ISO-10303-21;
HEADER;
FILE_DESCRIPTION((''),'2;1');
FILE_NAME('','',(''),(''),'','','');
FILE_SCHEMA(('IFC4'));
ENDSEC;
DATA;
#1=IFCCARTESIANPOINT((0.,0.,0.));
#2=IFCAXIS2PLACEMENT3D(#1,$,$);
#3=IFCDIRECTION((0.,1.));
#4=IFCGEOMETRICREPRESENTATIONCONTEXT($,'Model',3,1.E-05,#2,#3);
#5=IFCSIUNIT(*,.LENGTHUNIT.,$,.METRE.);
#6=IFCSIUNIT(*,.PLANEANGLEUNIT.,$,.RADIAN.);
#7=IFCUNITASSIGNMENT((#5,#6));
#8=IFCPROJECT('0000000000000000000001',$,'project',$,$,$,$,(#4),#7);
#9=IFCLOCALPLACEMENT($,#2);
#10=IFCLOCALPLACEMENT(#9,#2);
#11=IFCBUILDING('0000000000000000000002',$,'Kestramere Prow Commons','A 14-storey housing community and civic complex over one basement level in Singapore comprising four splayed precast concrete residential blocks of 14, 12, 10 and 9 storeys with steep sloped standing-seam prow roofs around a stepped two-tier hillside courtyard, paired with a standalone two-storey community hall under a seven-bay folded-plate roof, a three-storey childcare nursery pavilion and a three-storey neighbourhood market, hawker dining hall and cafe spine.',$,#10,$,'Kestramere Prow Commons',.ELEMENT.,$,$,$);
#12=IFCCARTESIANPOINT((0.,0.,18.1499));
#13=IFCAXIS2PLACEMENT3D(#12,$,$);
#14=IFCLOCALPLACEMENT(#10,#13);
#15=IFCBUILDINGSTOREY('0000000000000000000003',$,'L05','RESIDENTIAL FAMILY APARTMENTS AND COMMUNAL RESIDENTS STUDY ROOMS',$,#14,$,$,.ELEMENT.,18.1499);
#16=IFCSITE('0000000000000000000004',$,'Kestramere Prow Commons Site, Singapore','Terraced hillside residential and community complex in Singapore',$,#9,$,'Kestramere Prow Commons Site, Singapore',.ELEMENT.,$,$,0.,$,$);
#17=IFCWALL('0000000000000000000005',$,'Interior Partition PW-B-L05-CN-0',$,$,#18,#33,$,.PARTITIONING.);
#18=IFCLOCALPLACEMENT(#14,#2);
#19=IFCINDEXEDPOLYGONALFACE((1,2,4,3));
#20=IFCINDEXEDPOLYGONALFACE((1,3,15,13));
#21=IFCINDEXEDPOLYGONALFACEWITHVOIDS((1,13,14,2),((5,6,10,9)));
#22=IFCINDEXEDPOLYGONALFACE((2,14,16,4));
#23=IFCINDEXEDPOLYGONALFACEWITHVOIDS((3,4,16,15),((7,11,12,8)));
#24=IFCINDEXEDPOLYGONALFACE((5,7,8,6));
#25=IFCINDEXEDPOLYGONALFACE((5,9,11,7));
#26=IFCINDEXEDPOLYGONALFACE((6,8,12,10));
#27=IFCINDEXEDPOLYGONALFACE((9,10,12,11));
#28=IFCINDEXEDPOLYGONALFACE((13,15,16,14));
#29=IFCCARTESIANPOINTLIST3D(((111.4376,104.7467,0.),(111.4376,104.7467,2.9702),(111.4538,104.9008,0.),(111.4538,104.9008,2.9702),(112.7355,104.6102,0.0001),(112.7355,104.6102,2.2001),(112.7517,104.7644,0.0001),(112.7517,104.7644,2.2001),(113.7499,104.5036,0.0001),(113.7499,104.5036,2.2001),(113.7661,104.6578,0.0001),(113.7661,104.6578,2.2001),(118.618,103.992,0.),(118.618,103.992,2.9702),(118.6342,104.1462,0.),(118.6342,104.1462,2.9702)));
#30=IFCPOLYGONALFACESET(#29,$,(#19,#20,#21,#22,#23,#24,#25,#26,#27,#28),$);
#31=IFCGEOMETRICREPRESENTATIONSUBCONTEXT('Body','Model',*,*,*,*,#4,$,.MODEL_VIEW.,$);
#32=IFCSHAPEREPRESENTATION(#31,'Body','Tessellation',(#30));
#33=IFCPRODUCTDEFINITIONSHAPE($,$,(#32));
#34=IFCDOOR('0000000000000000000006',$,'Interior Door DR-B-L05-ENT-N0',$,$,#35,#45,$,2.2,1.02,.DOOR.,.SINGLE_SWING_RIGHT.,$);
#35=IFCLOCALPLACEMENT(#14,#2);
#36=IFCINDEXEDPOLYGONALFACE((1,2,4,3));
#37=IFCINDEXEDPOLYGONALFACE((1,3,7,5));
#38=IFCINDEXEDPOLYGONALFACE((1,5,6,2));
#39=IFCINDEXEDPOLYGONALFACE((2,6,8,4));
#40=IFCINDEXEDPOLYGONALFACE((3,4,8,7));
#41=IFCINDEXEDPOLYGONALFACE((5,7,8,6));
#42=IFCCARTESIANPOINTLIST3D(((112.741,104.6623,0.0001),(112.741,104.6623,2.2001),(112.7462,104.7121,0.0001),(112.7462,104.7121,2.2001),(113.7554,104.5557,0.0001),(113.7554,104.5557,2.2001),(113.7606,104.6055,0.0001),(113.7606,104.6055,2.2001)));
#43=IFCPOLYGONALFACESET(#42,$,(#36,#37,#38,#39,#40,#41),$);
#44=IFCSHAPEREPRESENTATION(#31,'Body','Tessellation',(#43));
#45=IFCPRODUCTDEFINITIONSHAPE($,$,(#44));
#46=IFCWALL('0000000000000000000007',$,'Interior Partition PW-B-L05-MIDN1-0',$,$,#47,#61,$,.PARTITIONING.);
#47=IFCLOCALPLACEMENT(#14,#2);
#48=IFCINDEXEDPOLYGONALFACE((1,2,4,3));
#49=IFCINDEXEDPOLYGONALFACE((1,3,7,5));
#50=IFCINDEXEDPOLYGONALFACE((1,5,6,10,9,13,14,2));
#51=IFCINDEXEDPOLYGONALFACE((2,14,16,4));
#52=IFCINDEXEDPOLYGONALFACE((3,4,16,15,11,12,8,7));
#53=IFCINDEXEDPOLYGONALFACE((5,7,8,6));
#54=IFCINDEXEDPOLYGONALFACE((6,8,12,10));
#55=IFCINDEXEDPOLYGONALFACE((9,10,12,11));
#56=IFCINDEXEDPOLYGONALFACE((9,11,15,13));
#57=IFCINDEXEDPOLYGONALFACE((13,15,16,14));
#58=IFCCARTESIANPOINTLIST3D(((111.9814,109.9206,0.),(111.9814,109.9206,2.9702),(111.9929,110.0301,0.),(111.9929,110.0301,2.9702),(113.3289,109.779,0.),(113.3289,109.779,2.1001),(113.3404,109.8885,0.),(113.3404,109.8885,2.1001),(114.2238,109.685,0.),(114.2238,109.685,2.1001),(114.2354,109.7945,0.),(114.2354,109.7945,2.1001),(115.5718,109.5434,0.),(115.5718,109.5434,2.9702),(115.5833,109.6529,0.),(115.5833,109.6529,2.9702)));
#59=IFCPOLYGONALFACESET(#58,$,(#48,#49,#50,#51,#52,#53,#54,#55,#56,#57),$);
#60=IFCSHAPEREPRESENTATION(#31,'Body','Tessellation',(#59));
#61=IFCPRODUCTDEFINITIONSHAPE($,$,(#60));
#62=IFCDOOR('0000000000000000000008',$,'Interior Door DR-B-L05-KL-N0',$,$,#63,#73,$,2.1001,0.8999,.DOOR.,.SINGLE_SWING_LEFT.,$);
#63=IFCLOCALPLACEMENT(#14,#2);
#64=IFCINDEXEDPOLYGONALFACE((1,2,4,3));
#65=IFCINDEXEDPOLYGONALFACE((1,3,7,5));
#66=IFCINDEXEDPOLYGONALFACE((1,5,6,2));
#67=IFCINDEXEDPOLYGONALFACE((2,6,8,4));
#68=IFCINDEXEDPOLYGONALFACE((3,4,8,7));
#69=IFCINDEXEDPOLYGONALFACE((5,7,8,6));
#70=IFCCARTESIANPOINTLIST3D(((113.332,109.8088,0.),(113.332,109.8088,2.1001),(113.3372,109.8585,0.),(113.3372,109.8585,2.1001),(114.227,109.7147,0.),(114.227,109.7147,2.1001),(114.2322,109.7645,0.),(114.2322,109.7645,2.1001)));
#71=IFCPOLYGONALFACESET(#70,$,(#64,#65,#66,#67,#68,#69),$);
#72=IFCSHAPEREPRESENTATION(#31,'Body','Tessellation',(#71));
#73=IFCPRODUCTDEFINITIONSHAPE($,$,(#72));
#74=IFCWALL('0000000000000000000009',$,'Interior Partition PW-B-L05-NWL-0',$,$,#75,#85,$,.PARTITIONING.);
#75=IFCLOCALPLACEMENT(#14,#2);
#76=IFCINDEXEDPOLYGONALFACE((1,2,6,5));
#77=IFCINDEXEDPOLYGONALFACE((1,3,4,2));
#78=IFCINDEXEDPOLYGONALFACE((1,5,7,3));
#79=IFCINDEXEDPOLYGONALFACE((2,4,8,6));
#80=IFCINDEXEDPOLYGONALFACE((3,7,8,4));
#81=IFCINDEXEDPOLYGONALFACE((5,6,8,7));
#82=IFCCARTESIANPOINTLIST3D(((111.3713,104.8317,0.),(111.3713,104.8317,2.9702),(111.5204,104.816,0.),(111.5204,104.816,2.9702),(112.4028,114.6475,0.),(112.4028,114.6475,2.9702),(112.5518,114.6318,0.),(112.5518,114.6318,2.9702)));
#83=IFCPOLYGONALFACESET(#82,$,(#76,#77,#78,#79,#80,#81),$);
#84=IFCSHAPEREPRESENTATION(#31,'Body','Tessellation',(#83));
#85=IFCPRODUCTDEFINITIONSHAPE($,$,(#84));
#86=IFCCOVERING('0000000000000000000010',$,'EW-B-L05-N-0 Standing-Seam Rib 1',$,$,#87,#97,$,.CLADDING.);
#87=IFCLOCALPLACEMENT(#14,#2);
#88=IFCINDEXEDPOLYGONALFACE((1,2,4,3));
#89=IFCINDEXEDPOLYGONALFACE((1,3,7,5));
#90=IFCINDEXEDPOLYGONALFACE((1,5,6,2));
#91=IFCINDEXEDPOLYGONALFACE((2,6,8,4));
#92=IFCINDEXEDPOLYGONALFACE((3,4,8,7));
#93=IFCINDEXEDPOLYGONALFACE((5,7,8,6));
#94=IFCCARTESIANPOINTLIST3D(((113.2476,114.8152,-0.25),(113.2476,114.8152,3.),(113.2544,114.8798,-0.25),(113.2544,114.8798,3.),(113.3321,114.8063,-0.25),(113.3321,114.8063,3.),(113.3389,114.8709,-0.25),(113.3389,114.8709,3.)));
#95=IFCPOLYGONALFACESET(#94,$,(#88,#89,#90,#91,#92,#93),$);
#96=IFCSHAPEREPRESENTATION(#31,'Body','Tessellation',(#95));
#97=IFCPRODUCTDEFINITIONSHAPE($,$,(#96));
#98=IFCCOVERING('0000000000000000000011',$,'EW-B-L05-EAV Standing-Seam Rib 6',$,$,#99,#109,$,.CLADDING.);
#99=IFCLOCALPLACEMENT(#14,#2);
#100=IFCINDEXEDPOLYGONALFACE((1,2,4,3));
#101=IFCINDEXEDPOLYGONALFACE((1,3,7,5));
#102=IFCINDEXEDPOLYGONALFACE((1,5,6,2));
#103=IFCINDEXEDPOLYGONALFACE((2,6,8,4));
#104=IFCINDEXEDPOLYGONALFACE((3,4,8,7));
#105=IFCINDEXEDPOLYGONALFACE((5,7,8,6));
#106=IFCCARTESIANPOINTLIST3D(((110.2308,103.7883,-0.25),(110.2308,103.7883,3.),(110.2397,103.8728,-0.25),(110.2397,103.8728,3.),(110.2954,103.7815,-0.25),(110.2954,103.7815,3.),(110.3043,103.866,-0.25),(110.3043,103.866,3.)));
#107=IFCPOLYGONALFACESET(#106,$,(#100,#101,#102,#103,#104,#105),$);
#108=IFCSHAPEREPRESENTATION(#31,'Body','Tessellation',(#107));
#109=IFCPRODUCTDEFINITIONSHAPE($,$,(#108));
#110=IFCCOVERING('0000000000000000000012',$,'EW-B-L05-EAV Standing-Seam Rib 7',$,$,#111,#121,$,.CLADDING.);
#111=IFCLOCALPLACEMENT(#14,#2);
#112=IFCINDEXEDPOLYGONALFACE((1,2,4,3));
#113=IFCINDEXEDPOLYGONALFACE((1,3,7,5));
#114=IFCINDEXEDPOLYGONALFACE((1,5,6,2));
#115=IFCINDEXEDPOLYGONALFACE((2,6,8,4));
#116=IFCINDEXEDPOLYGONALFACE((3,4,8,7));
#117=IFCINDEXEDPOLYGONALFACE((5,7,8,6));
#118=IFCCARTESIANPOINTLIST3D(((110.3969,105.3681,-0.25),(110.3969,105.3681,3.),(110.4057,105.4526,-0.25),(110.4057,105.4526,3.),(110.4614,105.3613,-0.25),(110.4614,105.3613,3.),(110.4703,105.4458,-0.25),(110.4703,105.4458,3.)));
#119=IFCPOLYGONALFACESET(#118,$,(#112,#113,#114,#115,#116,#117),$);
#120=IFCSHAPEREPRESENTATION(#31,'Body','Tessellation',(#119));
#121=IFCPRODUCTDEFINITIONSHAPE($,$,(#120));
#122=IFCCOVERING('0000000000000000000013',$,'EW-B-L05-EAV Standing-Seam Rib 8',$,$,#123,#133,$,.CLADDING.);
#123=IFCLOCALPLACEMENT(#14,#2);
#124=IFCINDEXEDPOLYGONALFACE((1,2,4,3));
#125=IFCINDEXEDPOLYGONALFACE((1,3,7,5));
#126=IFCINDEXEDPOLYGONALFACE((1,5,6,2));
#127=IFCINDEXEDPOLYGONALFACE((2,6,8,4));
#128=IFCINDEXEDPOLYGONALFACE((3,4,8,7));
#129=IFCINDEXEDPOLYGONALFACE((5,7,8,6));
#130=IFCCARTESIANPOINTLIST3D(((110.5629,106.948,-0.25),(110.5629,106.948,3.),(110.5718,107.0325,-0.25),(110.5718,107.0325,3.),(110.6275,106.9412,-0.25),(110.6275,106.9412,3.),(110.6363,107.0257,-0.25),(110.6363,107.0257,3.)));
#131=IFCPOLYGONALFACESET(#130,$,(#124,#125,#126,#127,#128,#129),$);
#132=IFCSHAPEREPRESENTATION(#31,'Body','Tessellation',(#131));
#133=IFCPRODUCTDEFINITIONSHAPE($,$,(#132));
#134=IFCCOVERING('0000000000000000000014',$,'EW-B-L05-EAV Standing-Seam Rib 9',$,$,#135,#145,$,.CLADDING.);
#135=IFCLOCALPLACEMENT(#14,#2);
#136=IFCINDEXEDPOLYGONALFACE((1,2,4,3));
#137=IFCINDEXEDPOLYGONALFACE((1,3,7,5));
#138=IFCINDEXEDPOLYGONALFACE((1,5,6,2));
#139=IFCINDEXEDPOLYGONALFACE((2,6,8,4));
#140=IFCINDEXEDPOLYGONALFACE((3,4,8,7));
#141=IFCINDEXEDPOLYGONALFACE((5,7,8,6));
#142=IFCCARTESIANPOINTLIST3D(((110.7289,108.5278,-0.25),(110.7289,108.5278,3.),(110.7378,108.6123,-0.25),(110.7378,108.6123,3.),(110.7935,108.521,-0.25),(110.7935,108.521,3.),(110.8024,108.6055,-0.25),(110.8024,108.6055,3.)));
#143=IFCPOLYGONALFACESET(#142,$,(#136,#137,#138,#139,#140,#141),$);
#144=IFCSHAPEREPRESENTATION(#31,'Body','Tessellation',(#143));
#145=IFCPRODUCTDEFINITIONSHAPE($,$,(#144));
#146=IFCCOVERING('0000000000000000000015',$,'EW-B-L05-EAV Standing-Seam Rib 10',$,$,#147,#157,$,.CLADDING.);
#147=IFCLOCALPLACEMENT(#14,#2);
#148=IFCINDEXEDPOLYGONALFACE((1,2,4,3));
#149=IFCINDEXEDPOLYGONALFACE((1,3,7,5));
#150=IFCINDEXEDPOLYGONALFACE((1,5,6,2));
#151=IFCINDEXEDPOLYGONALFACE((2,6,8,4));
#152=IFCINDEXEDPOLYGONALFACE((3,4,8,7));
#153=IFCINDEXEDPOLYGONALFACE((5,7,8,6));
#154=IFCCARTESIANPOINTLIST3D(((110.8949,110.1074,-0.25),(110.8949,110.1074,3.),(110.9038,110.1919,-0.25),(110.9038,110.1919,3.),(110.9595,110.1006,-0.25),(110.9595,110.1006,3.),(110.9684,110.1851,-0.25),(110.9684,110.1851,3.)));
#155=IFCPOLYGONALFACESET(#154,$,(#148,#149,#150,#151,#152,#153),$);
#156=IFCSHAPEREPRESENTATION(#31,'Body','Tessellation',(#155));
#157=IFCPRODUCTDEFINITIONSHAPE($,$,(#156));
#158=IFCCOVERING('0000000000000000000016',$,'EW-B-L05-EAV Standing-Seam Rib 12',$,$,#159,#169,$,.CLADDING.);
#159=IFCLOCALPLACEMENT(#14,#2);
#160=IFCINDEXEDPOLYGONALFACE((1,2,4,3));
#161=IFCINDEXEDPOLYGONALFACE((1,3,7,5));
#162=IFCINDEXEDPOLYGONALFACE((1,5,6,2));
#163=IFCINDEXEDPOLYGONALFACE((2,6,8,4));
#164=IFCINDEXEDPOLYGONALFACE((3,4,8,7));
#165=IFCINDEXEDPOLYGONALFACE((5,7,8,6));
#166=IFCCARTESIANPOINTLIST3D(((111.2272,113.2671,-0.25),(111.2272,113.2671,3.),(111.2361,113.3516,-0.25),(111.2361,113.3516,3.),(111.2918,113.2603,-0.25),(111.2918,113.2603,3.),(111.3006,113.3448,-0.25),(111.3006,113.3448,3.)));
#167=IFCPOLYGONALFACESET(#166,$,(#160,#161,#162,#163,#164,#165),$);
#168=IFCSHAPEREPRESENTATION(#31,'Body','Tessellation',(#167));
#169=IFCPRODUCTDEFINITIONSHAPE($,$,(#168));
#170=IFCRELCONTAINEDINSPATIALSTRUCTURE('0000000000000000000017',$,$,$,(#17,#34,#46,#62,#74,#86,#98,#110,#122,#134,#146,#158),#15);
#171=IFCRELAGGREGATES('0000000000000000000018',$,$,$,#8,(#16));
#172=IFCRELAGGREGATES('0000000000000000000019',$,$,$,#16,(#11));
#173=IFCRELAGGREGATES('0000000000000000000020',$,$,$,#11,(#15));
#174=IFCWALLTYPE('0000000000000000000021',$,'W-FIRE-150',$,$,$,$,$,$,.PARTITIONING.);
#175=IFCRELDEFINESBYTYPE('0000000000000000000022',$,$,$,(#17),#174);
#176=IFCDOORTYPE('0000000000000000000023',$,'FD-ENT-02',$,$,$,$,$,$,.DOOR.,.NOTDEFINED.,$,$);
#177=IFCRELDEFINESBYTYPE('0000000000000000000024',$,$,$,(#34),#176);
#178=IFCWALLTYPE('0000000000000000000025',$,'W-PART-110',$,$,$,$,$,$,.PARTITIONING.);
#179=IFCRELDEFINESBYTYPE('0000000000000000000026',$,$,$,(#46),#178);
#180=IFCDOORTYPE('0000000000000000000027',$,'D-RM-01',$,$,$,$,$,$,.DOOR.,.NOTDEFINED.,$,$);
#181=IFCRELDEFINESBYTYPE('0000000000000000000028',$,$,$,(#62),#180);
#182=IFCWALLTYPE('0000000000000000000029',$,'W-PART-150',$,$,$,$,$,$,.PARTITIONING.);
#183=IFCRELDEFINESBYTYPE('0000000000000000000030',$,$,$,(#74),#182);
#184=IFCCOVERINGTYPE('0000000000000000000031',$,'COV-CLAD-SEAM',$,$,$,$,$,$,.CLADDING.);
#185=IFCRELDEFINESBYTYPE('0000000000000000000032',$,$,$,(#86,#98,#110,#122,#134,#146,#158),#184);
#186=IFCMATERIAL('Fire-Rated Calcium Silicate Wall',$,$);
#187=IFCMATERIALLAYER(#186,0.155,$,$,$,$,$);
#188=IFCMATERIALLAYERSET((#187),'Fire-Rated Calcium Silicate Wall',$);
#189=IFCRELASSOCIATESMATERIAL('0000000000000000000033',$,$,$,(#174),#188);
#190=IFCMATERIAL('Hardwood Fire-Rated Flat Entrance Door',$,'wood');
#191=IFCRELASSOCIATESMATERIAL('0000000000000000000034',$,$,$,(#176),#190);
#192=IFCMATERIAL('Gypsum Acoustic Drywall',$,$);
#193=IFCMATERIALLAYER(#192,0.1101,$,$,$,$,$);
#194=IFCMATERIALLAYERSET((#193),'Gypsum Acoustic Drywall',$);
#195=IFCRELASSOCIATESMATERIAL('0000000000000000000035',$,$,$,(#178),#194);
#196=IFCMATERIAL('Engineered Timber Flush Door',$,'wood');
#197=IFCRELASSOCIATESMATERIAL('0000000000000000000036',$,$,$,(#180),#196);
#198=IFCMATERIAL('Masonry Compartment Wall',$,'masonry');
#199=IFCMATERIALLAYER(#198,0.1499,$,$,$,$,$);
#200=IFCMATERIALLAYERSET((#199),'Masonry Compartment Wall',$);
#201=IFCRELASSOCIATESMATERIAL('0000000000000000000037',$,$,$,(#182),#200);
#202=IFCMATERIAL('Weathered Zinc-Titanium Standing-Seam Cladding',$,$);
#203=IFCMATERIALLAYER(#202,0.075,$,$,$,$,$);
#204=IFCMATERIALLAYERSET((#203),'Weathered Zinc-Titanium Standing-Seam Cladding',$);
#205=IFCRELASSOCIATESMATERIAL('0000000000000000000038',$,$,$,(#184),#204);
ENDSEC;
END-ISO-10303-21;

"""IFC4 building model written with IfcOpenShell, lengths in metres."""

from ifc_helpers import new_model, si_unit, direction, frame, frame_2d, origin, origin_2d, place, context, subcontext, project, spatial, rectangle, extrude, material, layer, layer_set, type_object, element, fill, save


model = new_model("IFC4")

# Units and contexts
model_context = context("Model", 3, precision=1e-05, world=origin(), true_north=direction((0.0, 1.0)))
body_context = subcontext(model_context, "Body", "Model", "MODEL_VIEW")
ifc_project = project(units=[si_unit("LENGTHUNIT", "METRE"), si_unit("PLANEANGLEUNIT", "RADIAN")], contexts=[model_context])

# Site, building, storey
site_placement = place(None, origin())
site = spatial("IfcSite", under=ifc_project, at=site_placement, Name="Kestramere Prow Commons Site, Singapore", Description="Terraced hillside residential and community complex in Singapore", LongName="Kestramere Prow Commons Site, Singapore", CompositionType="ELEMENT", RefElevation=0.0)
building_placement = place(site_placement, origin())
building = spatial("IfcBuilding", under=site, at=building_placement, Name="Kestramere Prow Commons", Description="A 14-storey housing community and civic complex over one basement level in Singapore comprising four splayed precast concrete residential blocks of 14, 12, 10 and 9 storeys with steep sloped standing-seam prow roofs around a stepped two-tier hillside courtyard, paired with a standalone two-storey community hall under a seven-bay folded-plate roof, a three-storey childcare nursery pavilion and a three-storey neighbourhood market, hawker dining hall and cafe spine.", LongName="Kestramere Prow Commons", CompositionType="ELEMENT")
storey_placement = place(building_placement, frame((0.0, 0.0, 18.1499)))
storey = spatial("IfcBuildingStorey", under=building, at=storey_placement, Name="L05", Description="RESIDENTIAL FAMILY APARTMENTS AND COMMUNAL RESIDENTS STUDY ROOMS", CompositionType="ELEMENT", Elevation=18.1499)

# Walls, openings, doors
ifc_material_1 = material(Name="Fire-Rated Calcium Silicate Wall")
ifc_layer_1 = layer(ifc_material_1, 0.155)
ifc_layer_set_1 = layer_set([ifc_layer_1], Name="Fire-Rated Calcium Silicate Wall")
wall_type_1 = type_object("IfcWallType", Name="W-FIRE-150", PredefinedType="PARTITIONING", material=ifc_layer_set_1)
ifc_material_2 = material(Name="Hardwood Fire-Rated Flat Entrance Door", Category="wood")
door_type_1 = type_object("IfcDoorType", Name="FD-ENT-02", OperationType="NOTDEFINED", PredefinedType="DOOR", material=ifc_material_2)
wall_1_placement = place(storey_placement, frame((111.4458, 104.8237, 0.0), z_axis=(0.0, 0.0, 1.0), x_axis=(0.994523, -0.104521, 0.0)))
wall_1 = element("IfcWall", 1, at=wall_1_placement, inside=storey, type_object=wall_type_1, Name="Interior Partition PW-B-L05-CN-0", PredefinedType="PARTITIONING", context=body_context, shape_type="SweptSolid", body=[
    extrude(rectangle(XDim=7.22, YDim=0.155, at=frame_2d((3.6099, 0.0))), origin(), (0.0, 0.0, 1.0), 2.9702),
])
opening_1_placement = place(wall_1_placement, frame((1.3049, 0.0, 0.0)))
opening_1 = element("IfcOpeningElement", 2, at=opening_1_placement, cuts=wall_1, PredefinedType="OPENING", context=body_context, shape_type="SweptSolid", body=[
    extrude(rectangle(XDim=1.02, YDim=2.2, at=frame_2d((0.51, 1.1001))), frame((0.0, 0.0925, 0.0), z_axis=(0.0, -1.0, 0.0), x_axis=(1.0, 0.0, 0.0)), (0.0, 0.0, 1.0), 0.1851),
])
door_1_placement = place(opening_1_placement, origin())
door_1 = element("IfcDoor", 3, at=door_1_placement, inside=storey, type_object=door_type_1, Name="Interior Door DR-B-L05-ENT-N0", OperationType="SINGLE_SWING_RIGHT", OverallHeight=2.2, OverallWidth=1.02, PredefinedType="DOOR", context=body_context, shape_type="SweptSolid", body=[
    extrude(rectangle(XDim=1.02, YDim=2.2, at=frame_2d((0.51, 1.1001))), frame((0.0, 0.0249, 0.0), z_axis=(0.0, -1.0, 0.0), x_axis=(1.0, 0.0, 0.0)), (0.0, 0.0, 1.0), 0.05),
])
fill(opening_1, door_1)
ifc_material_3 = material(Name="Gypsum Acoustic Drywall")
ifc_layer_2 = layer(ifc_material_3, 0.1101)
ifc_layer_set_2 = layer_set([ifc_layer_2], Name="Gypsum Acoustic Drywall")
wall_type_2 = type_object("IfcWallType", Name="W-PART-110", PredefinedType="PARTITIONING", material=ifc_layer_set_2)
wall_2_placement = place(storey_placement, frame((111.9871, 109.9753, 0.0), z_axis=(0.0, 0.0, 1.0), x_axis=(0.994527, -0.104484, 0.0)))
wall_2 = element("IfcWall", 4, at=wall_2_placement, inside=storey, type_object=wall_type_2, Name="Interior Partition PW-B-L05-MIDN1-0", PredefinedType="PARTITIONING", context=body_context, shape_type="SweptSolid", body=[
    extrude(rectangle(XDim=3.6101, YDim=0.1101, at=frame_2d((1.8052, 0.0))), origin(), (0.0, 0.0, 1.0), 2.9702),
])
opening_2_placement = place(wall_2_placement, frame((1.355, 0.0, 0.0)))
opening_2 = element("IfcOpeningElement", 5, at=opening_2_placement, cuts=wall_2, PredefinedType="OPENING", context=body_context, shape_type="SweptSolid", body=[
    extrude(rectangle(XDim=0.8999, YDim=2.1001, at=frame_2d((0.45, 1.05))), frame((0.0, 0.0701, 0.0), z_axis=(0.0, -1.0, 0.0), x_axis=(1.0, 0.0, 0.0)), (0.0, 0.0, 1.0), 0.1401),
])
ifc_material_4 = material(Name="Engineered Timber Flush Door", Category="wood")
door_type_2 = type_object("IfcDoorType", Name="D-RM-01", OperationType="NOTDEFINED", PredefinedType="DOOR", material=ifc_material_4)
door_2_placement = place(opening_2_placement, origin())
door_2 = element("IfcDoor", 6, at=door_2_placement, inside=storey, type_object=door_type_2, Name="Interior Door DR-B-L05-KL-N0", OperationType="SINGLE_SWING_LEFT", OverallHeight=2.1001, OverallWidth=0.8999, PredefinedType="DOOR", context=body_context, shape_type="SweptSolid", body=[
    extrude(rectangle(XDim=0.8999, YDim=2.1001, at=frame_2d((0.45, 1.05))), frame((0.0, 0.0249, 0.0), z_axis=(0.0, -1.0, 0.0), x_axis=(1.0, 0.0, 0.0)), (0.0, 0.0, 1.0), 0.05),
])
fill(opening_2, door_2)

# Wall
ifc_material_5 = material(Name="Masonry Compartment Wall", Category="masonry")
ifc_layer_3 = layer(ifc_material_5, 0.1499)
ifc_layer_set_3 = layer_set([ifc_layer_3], Name="Masonry Compartment Wall")
wall_type_3 = type_object("IfcWallType", Name="W-PART-150", PredefinedType="PARTITIONING", material=ifc_layer_set_3)
wall_3_placement = place(storey_placement, frame((111.4458, 104.8237, 0.0), z_axis=(0.0, 0.0, 1.0), x_axis=(0.104508, 0.994524, 0.0)))
element("IfcWall", 7, at=wall_3_placement, inside=storey, type_object=wall_type_3, Name="Interior Partition PW-B-L05-NWL-0", PredefinedType="PARTITIONING", context=body_context, shape_type="SweptSolid", body=[
    extrude(rectangle(XDim=9.8699, YDim=0.1499, at=frame_2d((4.9351, 0.0))), origin(), (0.0, 0.0, 1.0), 2.9702),
])

# Coverings
ifc_material_6 = material(Name="Weathered Zinc-Titanium Standing-Seam Cladding")
ifc_layer_4 = layer(ifc_material_6, 0.075)
ifc_layer_set_4 = layer_set([ifc_layer_4], Name="Weathered Zinc-Titanium Standing-Seam Cladding")
covering_type = type_object("IfcCoveringType", Name="COV-CLAD-SEAM", PredefinedType="CLADDING", material=ifc_layer_set_4)
for number, where, z_axis, x_axis, name in (
    (8, (113.2932, 114.843, -0.25), (0.0, 0.0, 1.0), (0.994522, -0.104528, 0.0), "EW-B-L05-N-0 Standing-Seam Rib 1"),
    (9, (110.2676, 103.8271, -0.25), (0.0, 0.0, 1.0), (0.104528, 0.994522, 0.0), "EW-B-L05-EAV Standing-Seam Rib 6"),
    (10, (110.4336, 105.407, -0.25), (0.0, 0.0, 1.0), (0.104528, 0.994522, 0.0), "EW-B-L05-EAV Standing-Seam Rib 7"),
    (11, (110.5996, 106.9868, -0.25), (0.0, 0.0, 1.0), (0.104528, 0.994522, 0.0), "EW-B-L05-EAV Standing-Seam Rib 8"),
    (12, (110.7656, 108.5667, -0.25), (0.0, 0.0, 1.0), (0.104528, 0.994522, 0.0), "EW-B-L05-EAV Standing-Seam Rib 9"),
    (13, (110.9316, 110.1462, -0.25), (0.0, 0.0, 1.0), (0.104528, 0.994522, 0.0), "EW-B-L05-EAV Standing-Seam Rib 10"),
    (14, (111.2639, 113.3059, -0.25), (0.0, 0.0, 1.0), (0.104528, 0.994522, 0.0), "EW-B-L05-EAV Standing-Seam Rib 12"),
):
    element("IfcCovering", number, at=place(storey_placement, frame(where, z_axis=z_axis, x_axis=x_axis)), inside=storey, type_object=covering_type, Name=name, PredefinedType="CLADDING", context=body_context, shape_type="SweptSolid", body=[
        extrude(rectangle(XDim=0.085, YDim=0.0649, at=origin_2d()), origin(), (0.0, 0.0, 1.0), 3.25),
    ])

save(model, "model.ifc")
